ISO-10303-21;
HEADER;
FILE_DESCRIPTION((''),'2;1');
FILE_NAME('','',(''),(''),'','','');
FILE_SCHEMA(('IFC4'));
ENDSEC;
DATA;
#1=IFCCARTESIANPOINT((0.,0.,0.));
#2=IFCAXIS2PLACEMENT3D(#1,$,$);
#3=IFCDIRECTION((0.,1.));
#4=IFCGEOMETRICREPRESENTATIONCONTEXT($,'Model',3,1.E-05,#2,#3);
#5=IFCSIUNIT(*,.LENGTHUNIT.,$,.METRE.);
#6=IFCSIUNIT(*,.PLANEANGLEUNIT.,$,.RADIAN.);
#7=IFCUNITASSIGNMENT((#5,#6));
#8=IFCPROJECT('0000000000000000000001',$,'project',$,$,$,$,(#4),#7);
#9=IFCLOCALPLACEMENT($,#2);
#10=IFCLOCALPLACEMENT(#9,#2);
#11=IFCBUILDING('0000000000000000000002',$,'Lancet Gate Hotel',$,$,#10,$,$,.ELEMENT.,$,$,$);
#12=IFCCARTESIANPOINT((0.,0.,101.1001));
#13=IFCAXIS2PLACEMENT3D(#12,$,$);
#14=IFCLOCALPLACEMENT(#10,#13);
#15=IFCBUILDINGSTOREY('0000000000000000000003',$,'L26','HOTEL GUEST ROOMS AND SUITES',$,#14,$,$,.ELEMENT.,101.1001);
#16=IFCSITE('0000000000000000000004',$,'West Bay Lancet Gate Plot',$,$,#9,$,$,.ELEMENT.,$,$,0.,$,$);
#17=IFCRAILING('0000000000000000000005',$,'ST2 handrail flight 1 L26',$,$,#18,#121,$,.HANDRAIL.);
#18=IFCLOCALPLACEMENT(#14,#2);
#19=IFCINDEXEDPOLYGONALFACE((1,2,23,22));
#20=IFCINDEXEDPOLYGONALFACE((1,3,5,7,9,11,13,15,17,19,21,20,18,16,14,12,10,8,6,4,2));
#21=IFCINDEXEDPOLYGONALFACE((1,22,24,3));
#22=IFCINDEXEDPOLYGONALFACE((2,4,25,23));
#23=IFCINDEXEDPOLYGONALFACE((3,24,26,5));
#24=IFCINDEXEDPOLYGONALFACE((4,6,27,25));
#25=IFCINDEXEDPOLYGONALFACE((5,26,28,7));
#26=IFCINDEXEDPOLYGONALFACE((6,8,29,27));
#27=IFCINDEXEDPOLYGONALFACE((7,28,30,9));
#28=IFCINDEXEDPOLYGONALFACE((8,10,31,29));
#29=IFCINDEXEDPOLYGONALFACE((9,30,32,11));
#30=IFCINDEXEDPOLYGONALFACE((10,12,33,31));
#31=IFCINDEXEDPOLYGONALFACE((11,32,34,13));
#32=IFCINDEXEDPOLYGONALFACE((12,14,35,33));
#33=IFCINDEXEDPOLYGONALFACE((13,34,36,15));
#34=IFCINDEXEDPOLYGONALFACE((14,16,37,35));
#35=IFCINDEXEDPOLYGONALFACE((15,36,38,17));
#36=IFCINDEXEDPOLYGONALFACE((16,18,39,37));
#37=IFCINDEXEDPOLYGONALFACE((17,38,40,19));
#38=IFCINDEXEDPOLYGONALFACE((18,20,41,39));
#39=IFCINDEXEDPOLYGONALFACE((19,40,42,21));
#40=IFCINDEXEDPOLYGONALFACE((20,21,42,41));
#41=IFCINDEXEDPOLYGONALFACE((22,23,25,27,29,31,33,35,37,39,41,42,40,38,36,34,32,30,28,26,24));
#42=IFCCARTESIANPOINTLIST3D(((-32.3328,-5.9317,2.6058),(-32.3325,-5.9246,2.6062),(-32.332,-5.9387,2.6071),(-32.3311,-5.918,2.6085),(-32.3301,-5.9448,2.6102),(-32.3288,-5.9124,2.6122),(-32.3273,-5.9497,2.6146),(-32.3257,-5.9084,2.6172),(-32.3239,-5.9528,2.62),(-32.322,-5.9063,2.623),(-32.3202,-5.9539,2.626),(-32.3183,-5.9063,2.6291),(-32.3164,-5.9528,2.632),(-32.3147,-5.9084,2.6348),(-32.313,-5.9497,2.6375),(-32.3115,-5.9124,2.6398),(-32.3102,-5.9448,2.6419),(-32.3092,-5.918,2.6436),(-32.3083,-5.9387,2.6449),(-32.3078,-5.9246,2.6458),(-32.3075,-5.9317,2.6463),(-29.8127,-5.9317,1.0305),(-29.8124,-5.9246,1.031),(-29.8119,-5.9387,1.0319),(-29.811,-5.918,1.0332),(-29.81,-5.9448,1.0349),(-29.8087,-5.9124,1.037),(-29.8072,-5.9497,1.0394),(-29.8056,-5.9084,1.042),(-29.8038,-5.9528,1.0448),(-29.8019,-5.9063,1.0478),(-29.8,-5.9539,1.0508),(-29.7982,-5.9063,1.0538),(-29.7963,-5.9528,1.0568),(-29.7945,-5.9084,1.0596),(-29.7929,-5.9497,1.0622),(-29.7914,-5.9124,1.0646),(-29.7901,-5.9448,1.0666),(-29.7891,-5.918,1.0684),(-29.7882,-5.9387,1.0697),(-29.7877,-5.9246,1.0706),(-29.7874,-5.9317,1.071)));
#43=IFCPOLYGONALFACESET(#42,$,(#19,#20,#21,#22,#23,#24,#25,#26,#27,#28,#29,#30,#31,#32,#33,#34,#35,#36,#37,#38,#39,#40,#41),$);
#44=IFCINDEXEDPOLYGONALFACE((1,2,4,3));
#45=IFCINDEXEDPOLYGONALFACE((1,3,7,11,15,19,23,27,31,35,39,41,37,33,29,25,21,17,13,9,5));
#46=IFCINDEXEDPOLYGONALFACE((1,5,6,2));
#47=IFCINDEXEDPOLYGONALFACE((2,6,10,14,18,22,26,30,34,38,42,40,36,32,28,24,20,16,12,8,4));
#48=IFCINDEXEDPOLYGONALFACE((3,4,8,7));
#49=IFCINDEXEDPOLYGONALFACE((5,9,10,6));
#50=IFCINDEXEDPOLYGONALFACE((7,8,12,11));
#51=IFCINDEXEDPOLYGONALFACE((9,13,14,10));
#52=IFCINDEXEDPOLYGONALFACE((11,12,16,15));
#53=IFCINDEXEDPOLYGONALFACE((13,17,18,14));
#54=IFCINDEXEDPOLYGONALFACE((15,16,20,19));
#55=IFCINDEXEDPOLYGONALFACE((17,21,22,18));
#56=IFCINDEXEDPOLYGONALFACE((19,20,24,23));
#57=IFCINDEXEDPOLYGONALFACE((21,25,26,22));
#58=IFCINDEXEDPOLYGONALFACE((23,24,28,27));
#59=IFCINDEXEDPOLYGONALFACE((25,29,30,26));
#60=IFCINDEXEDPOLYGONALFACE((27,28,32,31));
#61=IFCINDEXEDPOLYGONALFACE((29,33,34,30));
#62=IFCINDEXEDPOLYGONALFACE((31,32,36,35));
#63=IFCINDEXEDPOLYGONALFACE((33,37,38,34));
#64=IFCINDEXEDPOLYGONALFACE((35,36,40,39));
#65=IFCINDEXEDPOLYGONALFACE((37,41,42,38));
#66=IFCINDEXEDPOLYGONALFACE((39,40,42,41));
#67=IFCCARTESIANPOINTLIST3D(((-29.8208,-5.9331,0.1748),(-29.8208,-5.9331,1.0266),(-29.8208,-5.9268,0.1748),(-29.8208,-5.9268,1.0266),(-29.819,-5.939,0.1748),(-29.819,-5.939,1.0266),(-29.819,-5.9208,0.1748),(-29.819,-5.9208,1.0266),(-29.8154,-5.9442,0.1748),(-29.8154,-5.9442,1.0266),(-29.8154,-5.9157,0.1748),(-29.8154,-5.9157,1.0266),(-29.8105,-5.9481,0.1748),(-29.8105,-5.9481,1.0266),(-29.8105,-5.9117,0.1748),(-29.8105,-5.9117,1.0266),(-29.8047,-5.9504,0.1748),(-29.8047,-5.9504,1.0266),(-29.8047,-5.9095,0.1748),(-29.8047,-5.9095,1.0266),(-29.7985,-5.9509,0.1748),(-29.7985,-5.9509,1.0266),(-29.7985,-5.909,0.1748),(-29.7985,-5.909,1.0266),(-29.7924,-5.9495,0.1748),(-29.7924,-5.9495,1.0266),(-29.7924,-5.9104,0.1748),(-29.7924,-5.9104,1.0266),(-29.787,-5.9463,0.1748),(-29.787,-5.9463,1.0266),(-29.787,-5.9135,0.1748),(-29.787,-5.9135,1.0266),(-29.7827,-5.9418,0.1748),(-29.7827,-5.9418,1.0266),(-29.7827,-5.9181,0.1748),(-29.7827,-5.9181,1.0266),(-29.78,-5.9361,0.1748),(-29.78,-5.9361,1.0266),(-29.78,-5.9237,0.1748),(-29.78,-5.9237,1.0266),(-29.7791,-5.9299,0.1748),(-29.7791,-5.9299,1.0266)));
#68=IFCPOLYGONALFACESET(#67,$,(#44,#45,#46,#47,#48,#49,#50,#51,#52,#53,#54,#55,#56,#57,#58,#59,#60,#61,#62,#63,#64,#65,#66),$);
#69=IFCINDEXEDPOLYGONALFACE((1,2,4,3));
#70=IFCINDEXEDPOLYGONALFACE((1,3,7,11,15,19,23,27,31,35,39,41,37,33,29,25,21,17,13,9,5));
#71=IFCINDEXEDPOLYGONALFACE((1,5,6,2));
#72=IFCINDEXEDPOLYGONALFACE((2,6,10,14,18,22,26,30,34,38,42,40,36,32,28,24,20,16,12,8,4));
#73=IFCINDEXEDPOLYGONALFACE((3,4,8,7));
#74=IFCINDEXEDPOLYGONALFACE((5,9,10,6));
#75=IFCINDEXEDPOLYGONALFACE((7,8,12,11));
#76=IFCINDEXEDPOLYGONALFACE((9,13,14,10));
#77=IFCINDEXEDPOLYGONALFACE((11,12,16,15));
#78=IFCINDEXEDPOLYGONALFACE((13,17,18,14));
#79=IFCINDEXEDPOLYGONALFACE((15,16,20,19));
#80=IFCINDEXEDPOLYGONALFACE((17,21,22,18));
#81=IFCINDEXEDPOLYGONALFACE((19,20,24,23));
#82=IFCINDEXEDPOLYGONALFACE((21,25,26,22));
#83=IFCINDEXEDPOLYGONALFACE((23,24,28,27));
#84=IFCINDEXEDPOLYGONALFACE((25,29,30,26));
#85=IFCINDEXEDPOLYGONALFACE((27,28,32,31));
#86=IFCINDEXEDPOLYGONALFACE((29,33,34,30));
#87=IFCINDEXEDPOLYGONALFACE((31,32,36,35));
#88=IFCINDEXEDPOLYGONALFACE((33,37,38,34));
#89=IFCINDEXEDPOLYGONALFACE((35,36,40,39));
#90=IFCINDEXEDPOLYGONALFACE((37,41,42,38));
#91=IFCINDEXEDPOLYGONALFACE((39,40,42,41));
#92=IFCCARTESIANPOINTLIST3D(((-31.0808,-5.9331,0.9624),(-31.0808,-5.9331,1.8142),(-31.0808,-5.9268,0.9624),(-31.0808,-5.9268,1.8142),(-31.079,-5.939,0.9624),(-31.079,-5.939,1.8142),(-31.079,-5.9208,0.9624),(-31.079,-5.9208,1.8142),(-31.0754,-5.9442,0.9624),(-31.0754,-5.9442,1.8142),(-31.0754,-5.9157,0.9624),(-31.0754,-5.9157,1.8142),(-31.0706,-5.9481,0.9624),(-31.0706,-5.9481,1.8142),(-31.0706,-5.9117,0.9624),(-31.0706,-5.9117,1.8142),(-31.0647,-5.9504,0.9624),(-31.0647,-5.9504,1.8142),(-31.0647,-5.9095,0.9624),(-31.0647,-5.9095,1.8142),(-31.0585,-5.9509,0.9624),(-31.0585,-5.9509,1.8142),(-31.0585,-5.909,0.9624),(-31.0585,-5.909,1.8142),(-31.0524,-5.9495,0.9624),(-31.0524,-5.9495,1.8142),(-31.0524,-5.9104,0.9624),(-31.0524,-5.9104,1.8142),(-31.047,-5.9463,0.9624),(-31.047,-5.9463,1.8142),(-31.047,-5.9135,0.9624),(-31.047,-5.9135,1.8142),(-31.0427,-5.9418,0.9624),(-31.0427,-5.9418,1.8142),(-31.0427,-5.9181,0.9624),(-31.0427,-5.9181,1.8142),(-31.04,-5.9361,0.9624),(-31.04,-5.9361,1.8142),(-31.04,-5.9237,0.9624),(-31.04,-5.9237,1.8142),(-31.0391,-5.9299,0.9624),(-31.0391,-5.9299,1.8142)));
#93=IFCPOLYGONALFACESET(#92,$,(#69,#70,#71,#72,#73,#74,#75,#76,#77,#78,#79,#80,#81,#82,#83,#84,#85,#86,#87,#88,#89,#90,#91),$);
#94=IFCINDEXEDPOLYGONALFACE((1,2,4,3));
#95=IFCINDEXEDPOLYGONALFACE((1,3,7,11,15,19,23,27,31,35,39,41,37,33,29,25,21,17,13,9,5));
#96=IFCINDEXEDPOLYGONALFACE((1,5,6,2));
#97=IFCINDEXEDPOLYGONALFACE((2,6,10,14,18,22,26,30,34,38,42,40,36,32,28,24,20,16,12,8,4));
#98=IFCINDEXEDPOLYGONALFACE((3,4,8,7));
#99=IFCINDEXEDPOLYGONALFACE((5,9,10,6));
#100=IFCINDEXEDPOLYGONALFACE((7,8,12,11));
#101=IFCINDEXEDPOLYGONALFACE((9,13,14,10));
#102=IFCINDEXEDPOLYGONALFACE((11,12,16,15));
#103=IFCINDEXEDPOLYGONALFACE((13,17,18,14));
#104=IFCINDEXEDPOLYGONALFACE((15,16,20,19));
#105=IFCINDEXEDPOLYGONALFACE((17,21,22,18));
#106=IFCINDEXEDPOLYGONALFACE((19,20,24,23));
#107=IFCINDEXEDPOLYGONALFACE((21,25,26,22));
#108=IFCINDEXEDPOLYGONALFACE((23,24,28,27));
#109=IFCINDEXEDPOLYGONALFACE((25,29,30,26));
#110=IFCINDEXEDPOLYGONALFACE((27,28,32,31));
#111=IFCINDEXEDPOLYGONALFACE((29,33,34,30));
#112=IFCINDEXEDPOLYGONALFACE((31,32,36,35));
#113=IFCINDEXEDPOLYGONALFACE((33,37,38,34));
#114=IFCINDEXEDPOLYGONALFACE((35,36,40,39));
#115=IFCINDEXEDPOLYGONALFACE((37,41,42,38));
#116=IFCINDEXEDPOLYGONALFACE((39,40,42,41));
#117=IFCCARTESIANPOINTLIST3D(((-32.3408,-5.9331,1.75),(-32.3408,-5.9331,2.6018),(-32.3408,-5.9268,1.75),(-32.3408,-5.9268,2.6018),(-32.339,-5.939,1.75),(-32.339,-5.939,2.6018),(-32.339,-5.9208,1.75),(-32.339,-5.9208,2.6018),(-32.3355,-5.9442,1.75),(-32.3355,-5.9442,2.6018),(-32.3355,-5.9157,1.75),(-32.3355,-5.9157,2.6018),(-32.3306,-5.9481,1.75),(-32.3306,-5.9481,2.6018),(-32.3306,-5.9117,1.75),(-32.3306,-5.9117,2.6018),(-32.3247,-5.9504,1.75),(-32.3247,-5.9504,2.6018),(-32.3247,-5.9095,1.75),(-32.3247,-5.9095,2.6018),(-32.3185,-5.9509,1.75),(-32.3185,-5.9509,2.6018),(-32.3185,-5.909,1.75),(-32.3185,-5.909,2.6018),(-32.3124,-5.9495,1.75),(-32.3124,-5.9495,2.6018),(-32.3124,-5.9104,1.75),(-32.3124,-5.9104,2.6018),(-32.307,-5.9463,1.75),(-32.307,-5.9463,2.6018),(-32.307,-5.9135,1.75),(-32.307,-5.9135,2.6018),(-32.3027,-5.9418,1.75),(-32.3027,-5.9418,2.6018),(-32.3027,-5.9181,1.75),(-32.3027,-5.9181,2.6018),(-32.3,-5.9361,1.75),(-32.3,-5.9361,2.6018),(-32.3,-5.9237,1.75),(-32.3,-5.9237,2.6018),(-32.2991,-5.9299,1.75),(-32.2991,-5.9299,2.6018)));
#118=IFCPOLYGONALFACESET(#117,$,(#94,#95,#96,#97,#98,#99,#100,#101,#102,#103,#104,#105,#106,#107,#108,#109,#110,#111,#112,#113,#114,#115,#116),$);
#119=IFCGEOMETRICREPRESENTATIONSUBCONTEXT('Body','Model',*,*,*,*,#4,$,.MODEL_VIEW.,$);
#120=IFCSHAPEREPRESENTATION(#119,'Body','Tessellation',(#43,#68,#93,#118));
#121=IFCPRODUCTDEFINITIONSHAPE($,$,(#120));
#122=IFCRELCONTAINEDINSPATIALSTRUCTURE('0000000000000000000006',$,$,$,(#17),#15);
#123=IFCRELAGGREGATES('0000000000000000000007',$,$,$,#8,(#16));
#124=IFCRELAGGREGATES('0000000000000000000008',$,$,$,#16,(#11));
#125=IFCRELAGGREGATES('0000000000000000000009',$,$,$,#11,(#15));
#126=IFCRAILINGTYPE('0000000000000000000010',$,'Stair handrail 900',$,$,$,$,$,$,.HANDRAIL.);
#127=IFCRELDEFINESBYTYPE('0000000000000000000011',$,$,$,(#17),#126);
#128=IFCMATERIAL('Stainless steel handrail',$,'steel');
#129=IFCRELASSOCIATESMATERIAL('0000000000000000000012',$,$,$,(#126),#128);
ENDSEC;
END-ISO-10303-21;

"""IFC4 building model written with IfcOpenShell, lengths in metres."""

from ifc_helpers import new_model, si_unit, direction, frame, origin, origin_2d, place, context, subcontext, project, spatial, circle, extrude, material, type_object, element, save


model = new_model("IFC4")

# Units and contexts
model_context = context("Model", 3, precision=1e-05, world=origin(), true_north=direction((0.0, 1.0)))
body_context = subcontext(model_context, "Body", "Model", "MODEL_VIEW")
ifc_project = project(units=[si_unit("LENGTHUNIT", "METRE"), si_unit("PLANEANGLEUNIT", "RADIAN")], contexts=[model_context])

# Site, building, storey
site_placement = place(None, origin())
site = spatial("IfcSite", under=ifc_project, at=site_placement, Name="West Bay Lancet Gate Plot", CompositionType="ELEMENT", RefElevation=0.0)
building_placement = place(site_placement, origin())
building = spatial("IfcBuilding", under=site, at=building_placement, Name="Lancet Gate Hotel", CompositionType="ELEMENT")
storey_placement = place(building_placement, frame((0.0, 0.0, 101.1001)))
storey = spatial("IfcBuildingStorey", under=building, at=storey_placement, Name="L26", Description="HOTEL GUEST ROOMS AND SUITES", CompositionType="ELEMENT", Elevation=101.1001)

# Railing
ifc_material_1 = material(Name="Stainless steel handrail", Category="steel")
railing_type = type_object("IfcRailingType", Name="Stair handrail 900", PredefinedType="HANDRAIL", material=ifc_material_1)
railing_1_placement = place(storey_placement, frame((-29.8, -5.9299, 0.1748)))
element("IfcRailing", 1, at=railing_1_placement, inside=storey, type_object=railing_type, Name="ST2 handrail flight 1 L26", PredefinedType="HANDRAIL", context=body_context, shape_type="SweptSolid", body=[
    extrude(circle(Radius=0.0239, at=origin_2d()), frame((0.0, 0.0, 0.876), z_axis=(-0.847971, 0.0, 0.530043), x_axis=(0.0, -1.0, 0.0)), (0.0, 0.0, 1.0), 2.9719),
    extrude(circle(Radius=0.021, at=origin_2d()), origin(), (0.0, 0.0, 1.0), 0.8518),
    extrude(circle(Radius=0.021, at=origin_2d()), frame((-1.26, 0.0, 0.7876)), (0.0, 0.0, 1.0), 0.8518),
    extrude(circle(Radius=0.021, at=origin_2d()), frame((-2.52, 0.0, 1.5752)), (0.0, 0.0, 1.0), 0.8518),
])

save(model, "model.ifc")
